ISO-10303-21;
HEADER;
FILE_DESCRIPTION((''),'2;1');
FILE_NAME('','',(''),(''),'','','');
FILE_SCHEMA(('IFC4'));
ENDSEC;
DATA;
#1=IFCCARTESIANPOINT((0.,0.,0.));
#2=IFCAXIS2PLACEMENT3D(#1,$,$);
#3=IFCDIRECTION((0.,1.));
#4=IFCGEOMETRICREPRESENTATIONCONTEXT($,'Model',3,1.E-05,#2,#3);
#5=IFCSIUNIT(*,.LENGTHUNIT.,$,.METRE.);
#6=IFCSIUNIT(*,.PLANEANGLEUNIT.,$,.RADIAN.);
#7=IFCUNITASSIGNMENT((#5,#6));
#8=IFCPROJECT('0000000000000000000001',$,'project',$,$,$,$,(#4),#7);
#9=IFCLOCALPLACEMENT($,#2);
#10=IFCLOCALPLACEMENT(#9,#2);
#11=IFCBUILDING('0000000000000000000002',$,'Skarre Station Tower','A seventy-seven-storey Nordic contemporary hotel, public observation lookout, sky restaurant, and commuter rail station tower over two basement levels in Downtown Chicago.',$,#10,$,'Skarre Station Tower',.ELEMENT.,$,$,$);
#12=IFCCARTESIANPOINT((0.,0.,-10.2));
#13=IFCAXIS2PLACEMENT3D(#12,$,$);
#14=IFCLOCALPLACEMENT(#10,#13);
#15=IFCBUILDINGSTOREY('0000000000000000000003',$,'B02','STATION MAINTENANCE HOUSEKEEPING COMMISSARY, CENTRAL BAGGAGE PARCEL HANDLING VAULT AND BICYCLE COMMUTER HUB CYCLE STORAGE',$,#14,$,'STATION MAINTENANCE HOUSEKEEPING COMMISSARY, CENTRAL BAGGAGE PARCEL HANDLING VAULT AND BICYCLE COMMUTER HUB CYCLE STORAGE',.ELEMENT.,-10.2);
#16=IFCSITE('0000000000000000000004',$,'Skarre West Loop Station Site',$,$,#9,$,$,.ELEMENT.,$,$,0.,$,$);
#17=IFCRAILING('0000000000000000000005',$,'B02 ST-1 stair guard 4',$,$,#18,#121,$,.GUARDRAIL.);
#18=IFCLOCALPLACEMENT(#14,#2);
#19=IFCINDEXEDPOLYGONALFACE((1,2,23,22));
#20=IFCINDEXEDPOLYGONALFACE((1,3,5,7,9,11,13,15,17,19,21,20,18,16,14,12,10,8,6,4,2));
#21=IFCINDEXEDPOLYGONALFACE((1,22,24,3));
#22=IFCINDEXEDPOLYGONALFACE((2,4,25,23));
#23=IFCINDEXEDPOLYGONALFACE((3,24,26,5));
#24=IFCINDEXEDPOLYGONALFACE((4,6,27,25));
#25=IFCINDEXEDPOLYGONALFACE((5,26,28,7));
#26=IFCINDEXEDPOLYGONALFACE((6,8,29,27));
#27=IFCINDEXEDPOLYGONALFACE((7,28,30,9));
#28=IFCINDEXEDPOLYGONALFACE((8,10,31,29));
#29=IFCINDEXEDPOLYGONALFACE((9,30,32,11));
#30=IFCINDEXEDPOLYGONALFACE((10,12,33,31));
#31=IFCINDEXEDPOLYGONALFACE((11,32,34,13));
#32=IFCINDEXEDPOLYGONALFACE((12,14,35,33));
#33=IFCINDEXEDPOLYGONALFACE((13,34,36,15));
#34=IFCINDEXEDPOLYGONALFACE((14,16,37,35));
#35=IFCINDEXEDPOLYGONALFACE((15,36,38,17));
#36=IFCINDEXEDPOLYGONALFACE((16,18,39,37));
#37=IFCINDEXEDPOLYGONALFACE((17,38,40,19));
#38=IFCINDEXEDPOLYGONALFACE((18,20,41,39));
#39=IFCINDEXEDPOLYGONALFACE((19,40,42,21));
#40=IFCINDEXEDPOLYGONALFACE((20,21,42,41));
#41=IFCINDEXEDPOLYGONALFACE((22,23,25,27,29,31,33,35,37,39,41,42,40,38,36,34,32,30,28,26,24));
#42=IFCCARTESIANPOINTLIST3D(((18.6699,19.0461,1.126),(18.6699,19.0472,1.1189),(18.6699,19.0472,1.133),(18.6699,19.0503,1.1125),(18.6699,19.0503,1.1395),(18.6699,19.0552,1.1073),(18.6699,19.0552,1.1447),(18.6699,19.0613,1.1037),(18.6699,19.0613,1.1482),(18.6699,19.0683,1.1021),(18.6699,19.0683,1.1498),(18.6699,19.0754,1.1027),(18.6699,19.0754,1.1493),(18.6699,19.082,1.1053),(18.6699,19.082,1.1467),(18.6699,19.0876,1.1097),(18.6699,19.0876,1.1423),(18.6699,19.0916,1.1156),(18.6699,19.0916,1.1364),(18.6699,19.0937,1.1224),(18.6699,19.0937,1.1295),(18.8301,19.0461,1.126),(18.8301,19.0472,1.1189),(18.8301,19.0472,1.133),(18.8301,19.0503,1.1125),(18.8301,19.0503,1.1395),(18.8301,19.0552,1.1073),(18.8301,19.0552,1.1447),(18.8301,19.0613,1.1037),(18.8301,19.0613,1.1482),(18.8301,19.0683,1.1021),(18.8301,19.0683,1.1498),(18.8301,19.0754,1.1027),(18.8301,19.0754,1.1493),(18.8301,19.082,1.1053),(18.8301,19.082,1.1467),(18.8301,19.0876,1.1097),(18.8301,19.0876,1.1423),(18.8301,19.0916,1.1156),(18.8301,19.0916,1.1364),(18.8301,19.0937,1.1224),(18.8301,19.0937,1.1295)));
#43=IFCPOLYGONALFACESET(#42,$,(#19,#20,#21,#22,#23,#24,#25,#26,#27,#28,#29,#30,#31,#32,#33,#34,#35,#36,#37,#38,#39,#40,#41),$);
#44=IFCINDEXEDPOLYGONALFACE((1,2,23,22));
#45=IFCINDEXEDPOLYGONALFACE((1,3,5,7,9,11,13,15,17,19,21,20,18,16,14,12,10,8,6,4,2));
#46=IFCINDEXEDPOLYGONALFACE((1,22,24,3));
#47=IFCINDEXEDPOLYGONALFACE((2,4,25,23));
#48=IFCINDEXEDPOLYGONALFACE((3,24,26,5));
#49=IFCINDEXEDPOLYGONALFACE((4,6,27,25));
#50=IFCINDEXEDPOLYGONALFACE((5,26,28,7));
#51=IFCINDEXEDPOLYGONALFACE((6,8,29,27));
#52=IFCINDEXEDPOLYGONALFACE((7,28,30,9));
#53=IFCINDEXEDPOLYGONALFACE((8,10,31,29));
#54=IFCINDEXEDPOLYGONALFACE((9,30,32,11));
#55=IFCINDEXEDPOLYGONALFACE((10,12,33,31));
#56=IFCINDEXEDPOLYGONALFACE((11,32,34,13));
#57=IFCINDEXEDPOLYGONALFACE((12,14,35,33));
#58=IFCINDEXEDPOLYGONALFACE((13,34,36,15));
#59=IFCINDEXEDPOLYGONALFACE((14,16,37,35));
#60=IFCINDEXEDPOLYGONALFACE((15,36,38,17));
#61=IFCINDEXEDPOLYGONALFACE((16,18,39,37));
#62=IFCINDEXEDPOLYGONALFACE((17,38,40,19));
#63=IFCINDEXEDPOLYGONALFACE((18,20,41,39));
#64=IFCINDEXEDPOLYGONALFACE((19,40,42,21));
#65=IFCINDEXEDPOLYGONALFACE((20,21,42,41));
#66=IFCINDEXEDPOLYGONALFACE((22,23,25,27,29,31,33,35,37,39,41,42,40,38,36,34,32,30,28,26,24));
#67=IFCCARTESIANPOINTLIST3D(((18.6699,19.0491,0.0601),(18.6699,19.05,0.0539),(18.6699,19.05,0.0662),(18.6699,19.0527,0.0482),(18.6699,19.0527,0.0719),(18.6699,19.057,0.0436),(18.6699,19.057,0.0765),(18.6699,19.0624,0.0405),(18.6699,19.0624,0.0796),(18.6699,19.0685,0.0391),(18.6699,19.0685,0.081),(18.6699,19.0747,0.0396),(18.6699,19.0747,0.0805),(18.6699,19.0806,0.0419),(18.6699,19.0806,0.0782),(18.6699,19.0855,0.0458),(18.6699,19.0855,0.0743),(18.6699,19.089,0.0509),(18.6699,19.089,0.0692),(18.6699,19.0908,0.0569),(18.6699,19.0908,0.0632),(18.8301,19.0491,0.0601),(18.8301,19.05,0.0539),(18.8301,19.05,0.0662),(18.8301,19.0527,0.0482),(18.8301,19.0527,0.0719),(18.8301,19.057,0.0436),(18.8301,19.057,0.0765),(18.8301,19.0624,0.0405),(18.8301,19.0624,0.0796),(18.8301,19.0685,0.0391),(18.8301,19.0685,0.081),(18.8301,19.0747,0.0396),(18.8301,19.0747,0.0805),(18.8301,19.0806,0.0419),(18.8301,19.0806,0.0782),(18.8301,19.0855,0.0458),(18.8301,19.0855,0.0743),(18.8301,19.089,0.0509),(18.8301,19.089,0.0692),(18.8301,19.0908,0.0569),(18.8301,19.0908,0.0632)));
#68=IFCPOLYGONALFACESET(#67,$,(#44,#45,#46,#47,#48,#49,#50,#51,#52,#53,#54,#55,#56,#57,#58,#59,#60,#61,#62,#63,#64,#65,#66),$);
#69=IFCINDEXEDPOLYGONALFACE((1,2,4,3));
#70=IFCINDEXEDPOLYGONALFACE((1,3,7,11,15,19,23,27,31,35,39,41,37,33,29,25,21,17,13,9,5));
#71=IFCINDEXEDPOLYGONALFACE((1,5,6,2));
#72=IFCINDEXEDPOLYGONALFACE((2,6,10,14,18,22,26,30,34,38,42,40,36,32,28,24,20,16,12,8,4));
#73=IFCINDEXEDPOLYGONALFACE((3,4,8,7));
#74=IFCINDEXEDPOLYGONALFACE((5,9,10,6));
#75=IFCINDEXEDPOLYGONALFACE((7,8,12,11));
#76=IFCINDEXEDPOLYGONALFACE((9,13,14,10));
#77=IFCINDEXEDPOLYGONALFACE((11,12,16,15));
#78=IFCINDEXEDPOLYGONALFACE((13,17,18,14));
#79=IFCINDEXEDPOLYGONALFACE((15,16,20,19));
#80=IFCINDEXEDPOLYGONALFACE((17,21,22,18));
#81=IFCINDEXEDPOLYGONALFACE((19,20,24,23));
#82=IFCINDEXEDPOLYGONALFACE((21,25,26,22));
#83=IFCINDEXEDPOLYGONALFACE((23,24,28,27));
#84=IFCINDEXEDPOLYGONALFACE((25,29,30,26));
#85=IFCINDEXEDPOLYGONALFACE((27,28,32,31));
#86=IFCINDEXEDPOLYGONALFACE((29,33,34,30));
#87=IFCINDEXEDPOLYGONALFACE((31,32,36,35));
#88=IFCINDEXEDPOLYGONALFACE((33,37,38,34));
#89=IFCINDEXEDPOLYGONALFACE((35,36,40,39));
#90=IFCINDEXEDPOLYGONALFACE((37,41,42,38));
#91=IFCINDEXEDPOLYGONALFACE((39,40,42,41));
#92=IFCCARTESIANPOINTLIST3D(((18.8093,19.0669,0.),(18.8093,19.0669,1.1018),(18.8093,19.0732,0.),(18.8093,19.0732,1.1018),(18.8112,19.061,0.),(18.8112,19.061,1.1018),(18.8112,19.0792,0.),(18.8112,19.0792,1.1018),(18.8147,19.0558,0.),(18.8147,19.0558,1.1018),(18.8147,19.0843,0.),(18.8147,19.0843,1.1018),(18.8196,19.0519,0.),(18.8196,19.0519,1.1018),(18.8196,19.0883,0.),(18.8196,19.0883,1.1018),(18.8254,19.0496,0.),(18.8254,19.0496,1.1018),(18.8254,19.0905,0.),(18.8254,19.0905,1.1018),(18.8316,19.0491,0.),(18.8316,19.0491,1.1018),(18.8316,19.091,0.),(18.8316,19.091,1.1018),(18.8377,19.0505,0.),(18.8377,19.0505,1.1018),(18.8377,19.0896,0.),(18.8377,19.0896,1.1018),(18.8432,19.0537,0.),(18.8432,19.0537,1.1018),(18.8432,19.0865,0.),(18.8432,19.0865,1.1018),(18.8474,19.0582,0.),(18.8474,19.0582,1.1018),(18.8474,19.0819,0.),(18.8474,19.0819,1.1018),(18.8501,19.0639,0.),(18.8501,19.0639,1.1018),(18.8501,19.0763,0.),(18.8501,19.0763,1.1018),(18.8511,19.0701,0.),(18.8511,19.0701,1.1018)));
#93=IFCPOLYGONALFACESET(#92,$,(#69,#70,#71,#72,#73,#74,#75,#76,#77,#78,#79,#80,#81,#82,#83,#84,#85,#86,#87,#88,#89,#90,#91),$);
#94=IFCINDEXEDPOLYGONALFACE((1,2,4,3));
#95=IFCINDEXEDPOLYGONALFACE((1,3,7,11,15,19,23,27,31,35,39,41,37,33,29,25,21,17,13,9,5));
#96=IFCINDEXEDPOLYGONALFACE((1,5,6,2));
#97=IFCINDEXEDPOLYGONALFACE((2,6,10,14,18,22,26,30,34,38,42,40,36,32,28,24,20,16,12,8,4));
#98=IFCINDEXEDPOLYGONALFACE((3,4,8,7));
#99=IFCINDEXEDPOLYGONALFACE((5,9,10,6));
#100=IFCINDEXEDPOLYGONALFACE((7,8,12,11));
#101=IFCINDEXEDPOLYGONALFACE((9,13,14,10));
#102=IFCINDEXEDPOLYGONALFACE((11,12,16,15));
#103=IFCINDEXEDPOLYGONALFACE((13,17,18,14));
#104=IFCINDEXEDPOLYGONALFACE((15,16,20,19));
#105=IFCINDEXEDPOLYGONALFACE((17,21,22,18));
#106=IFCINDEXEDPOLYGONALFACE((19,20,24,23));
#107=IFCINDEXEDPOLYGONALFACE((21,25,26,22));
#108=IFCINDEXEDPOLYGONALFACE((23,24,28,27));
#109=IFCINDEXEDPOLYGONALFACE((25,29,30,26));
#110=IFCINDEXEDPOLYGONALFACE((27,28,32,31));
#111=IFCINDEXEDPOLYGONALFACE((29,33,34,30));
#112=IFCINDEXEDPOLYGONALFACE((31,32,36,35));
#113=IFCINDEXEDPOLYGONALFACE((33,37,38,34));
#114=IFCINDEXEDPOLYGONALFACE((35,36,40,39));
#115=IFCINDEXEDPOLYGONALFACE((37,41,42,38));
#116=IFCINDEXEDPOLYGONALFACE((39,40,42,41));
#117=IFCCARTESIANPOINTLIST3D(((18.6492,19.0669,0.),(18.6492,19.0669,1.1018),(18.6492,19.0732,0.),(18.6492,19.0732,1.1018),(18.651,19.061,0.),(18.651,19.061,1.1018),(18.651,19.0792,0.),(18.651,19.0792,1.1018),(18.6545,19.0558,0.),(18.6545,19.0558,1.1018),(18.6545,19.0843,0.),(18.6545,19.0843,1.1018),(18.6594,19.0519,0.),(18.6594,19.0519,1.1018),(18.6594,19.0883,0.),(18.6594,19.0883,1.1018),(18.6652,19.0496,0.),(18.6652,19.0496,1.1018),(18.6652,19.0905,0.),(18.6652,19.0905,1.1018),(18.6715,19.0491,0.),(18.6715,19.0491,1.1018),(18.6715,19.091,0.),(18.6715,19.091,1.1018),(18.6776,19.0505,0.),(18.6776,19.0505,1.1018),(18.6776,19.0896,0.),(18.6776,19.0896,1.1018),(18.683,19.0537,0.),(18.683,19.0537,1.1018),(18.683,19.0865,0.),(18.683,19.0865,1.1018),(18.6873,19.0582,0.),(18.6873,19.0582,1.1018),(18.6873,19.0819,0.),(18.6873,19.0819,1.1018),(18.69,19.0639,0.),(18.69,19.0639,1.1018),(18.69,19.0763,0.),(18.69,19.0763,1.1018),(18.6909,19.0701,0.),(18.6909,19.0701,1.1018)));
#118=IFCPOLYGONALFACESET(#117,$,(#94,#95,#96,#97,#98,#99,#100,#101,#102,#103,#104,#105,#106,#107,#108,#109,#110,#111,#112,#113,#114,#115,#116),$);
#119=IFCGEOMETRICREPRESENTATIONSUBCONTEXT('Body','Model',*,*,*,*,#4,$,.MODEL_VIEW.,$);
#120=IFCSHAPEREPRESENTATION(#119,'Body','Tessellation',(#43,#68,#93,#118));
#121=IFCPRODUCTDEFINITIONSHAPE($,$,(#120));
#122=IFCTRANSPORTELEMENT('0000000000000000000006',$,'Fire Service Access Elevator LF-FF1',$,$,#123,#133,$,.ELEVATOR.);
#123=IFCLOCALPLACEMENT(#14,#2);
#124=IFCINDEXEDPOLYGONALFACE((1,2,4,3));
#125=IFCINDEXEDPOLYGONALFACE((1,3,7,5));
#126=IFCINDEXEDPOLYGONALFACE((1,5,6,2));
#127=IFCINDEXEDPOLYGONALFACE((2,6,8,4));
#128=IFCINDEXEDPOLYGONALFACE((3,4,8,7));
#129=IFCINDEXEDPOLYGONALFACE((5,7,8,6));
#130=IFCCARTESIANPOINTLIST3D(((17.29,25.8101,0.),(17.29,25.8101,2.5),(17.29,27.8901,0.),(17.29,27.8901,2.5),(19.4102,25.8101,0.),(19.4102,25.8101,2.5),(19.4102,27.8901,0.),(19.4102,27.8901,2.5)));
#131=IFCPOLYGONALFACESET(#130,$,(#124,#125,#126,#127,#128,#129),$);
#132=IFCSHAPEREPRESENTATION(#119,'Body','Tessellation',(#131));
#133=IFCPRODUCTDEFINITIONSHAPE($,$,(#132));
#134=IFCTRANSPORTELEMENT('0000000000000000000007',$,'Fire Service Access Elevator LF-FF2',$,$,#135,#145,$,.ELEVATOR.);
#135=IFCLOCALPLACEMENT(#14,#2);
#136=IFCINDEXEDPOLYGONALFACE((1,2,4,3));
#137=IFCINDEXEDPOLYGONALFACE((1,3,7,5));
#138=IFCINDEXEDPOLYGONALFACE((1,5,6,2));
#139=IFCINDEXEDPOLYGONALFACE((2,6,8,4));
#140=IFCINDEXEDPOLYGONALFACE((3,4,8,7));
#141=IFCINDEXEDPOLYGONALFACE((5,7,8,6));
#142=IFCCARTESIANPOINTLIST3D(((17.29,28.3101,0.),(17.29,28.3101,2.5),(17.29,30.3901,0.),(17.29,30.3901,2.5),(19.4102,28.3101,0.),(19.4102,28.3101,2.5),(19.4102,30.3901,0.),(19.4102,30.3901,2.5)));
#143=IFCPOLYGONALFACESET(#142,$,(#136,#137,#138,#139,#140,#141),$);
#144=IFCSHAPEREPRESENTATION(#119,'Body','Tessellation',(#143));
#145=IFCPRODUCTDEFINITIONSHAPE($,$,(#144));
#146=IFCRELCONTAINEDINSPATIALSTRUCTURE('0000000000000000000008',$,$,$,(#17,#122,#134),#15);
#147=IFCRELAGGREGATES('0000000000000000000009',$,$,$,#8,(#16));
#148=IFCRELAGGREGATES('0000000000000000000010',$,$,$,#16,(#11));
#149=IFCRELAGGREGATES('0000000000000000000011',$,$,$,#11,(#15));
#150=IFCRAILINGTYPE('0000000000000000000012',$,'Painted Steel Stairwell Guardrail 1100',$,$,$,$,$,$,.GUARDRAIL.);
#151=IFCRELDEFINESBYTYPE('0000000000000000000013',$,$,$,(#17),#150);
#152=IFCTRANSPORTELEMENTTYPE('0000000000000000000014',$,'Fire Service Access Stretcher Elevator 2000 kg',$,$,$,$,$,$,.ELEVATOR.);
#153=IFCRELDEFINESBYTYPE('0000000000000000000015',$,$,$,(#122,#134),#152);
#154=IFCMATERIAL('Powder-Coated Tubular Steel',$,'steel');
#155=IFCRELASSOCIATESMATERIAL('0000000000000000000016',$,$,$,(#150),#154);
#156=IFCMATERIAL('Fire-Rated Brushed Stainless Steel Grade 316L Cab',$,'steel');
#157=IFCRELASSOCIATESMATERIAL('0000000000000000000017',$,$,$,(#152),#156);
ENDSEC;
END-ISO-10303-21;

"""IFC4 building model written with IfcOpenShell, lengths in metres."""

from ifc_helpers import new_model, si_unit, direction, frame, origin, origin_2d, place, context, subcontext, project, spatial, rectangle, circle, extrude, material, type_object, element, save


model = new_model("IFC4")

# Units and contexts
model_context = context("Model", 3, precision=1e-05, world=origin(), true_north=direction((0.0, 1.0)))
body_context = subcontext(model_context, "Body", "Model", "MODEL_VIEW")
ifc_project = project(units=[si_unit("LENGTHUNIT", "METRE"), si_unit("PLANEANGLEUNIT", "RADIAN")], contexts=[model_context])

# Site, building, storey
site_placement = place(None, origin())
site = spatial("IfcSite", under=ifc_project, at=site_placement, Name="Skarre West Loop Station Site", CompositionType="ELEMENT", RefElevation=0.0)
building_placement = place(site_placement, origin())
building = spatial("IfcBuilding", under=site, at=building_placement, Name="Skarre Station Tower", Description="A seventy-seven-storey Nordic contemporary hotel, public observation lookout, sky restaurant, and commuter rail station tower over two basement levels in Downtown Chicago.", LongName="Skarre Station Tower", CompositionType="ELEMENT")
storey_placement = place(building_placement, frame((0.0, 0.0, -10.2)))
storey = spatial("IfcBuildingStorey", under=building, at=storey_placement, Name="B02", Description="STATION MAINTENANCE HOUSEKEEPING COMMISSARY, CENTRAL BAGGAGE PARCEL HANDLING VAULT AND BICYCLE COMMUTER HUB CYCLE STORAGE", LongName="STATION MAINTENANCE HOUSEKEEPING COMMISSARY, CENTRAL BAGGAGE PARCEL HANDLING VAULT AND BICYCLE COMMUTER HUB CYCLE STORAGE", CompositionType="ELEMENT", Elevation=-10.2)

# Railing
ifc_material_1 = material(Name="Powder-Coated Tubular Steel", Category="steel")
railing_type_1 = type_object("IfcRailingType", Name="Painted Steel Stairwell Guardrail 1100", PredefinedType="GUARDRAIL", material=ifc_material_1)
railing_1_placement = place(storey_placement, frame((18.8301, 19.0701, 0.0)))
element("IfcRailing", 1, at=railing_1_placement, inside=storey, type_object=railing_type_1, Name="B02 ST-1 stair guard 4", PredefinedType="GUARDRAIL", context=body_context, shape_type="SweptSolid", body=[
    extrude(circle(Radius=0.0239, at=origin_2d()), frame((0.0, 0.0, 1.126), z_axis=(-1.0, 0.0, 0.0), x_axis=(0.0, -1.0, 0.0)), (0.0, 0.0, 1.0), 0.1602),
    extrude(circle(Radius=0.021, at=origin_2d()), frame((0.0, 0.0, 0.0601), z_axis=(-1.0, 0.0, 0.0), x_axis=(0.0, -1.0, 0.0)), (0.0, 0.0, 1.0), 0.1602),
    extrude(circle(Radius=0.021, at=origin_2d()), origin(), (0.0, 0.0, 1.0), 1.1018),
    extrude(circle(Radius=0.021, at=origin_2d()), frame((-0.1602, 0.0, 0.0)), (0.0, 0.0, 1.0), 1.1018),
])

# Transport elements
ifc_material_2 = material(Name="Fire-Rated Brushed Stainless Steel Grade 316L Cab", Category="steel")
transport_element_type = type_object("IfcTransportElementType", Name="Fire Service Access Stretcher Elevator 2000 kg", PredefinedType="ELEVATOR", material=ifc_material_2)
for number, where, z_axis, x_axis, name in (
    (2, (18.3501, 26.8501, 0.0), (0.0, 0.0, 1.0), (1.0, 0.0, 0.0), "Fire Service Access Elevator LF-FF1"),
    (3, (18.3501, 29.3501, 0.0), (0.0, 0.0, 1.0), (1.0, 0.0, 0.0), "Fire Service Access Elevator LF-FF2"),
):
    element("IfcTransportElement", number, at=place(storey_placement, frame(where, z_axis=z_axis, x_axis=x_axis)), inside=storey, type_object=transport_element_type, Name=name, PredefinedType="ELEVATOR", context=body_context, shape_type="SweptSolid", body=[
        extrude(rectangle(XDim=2.1201, YDim=2.0801, at=origin_2d()), origin(), (0.0, 0.0, 1.0), 2.5),
    ])

save(model, "model.ifc")
